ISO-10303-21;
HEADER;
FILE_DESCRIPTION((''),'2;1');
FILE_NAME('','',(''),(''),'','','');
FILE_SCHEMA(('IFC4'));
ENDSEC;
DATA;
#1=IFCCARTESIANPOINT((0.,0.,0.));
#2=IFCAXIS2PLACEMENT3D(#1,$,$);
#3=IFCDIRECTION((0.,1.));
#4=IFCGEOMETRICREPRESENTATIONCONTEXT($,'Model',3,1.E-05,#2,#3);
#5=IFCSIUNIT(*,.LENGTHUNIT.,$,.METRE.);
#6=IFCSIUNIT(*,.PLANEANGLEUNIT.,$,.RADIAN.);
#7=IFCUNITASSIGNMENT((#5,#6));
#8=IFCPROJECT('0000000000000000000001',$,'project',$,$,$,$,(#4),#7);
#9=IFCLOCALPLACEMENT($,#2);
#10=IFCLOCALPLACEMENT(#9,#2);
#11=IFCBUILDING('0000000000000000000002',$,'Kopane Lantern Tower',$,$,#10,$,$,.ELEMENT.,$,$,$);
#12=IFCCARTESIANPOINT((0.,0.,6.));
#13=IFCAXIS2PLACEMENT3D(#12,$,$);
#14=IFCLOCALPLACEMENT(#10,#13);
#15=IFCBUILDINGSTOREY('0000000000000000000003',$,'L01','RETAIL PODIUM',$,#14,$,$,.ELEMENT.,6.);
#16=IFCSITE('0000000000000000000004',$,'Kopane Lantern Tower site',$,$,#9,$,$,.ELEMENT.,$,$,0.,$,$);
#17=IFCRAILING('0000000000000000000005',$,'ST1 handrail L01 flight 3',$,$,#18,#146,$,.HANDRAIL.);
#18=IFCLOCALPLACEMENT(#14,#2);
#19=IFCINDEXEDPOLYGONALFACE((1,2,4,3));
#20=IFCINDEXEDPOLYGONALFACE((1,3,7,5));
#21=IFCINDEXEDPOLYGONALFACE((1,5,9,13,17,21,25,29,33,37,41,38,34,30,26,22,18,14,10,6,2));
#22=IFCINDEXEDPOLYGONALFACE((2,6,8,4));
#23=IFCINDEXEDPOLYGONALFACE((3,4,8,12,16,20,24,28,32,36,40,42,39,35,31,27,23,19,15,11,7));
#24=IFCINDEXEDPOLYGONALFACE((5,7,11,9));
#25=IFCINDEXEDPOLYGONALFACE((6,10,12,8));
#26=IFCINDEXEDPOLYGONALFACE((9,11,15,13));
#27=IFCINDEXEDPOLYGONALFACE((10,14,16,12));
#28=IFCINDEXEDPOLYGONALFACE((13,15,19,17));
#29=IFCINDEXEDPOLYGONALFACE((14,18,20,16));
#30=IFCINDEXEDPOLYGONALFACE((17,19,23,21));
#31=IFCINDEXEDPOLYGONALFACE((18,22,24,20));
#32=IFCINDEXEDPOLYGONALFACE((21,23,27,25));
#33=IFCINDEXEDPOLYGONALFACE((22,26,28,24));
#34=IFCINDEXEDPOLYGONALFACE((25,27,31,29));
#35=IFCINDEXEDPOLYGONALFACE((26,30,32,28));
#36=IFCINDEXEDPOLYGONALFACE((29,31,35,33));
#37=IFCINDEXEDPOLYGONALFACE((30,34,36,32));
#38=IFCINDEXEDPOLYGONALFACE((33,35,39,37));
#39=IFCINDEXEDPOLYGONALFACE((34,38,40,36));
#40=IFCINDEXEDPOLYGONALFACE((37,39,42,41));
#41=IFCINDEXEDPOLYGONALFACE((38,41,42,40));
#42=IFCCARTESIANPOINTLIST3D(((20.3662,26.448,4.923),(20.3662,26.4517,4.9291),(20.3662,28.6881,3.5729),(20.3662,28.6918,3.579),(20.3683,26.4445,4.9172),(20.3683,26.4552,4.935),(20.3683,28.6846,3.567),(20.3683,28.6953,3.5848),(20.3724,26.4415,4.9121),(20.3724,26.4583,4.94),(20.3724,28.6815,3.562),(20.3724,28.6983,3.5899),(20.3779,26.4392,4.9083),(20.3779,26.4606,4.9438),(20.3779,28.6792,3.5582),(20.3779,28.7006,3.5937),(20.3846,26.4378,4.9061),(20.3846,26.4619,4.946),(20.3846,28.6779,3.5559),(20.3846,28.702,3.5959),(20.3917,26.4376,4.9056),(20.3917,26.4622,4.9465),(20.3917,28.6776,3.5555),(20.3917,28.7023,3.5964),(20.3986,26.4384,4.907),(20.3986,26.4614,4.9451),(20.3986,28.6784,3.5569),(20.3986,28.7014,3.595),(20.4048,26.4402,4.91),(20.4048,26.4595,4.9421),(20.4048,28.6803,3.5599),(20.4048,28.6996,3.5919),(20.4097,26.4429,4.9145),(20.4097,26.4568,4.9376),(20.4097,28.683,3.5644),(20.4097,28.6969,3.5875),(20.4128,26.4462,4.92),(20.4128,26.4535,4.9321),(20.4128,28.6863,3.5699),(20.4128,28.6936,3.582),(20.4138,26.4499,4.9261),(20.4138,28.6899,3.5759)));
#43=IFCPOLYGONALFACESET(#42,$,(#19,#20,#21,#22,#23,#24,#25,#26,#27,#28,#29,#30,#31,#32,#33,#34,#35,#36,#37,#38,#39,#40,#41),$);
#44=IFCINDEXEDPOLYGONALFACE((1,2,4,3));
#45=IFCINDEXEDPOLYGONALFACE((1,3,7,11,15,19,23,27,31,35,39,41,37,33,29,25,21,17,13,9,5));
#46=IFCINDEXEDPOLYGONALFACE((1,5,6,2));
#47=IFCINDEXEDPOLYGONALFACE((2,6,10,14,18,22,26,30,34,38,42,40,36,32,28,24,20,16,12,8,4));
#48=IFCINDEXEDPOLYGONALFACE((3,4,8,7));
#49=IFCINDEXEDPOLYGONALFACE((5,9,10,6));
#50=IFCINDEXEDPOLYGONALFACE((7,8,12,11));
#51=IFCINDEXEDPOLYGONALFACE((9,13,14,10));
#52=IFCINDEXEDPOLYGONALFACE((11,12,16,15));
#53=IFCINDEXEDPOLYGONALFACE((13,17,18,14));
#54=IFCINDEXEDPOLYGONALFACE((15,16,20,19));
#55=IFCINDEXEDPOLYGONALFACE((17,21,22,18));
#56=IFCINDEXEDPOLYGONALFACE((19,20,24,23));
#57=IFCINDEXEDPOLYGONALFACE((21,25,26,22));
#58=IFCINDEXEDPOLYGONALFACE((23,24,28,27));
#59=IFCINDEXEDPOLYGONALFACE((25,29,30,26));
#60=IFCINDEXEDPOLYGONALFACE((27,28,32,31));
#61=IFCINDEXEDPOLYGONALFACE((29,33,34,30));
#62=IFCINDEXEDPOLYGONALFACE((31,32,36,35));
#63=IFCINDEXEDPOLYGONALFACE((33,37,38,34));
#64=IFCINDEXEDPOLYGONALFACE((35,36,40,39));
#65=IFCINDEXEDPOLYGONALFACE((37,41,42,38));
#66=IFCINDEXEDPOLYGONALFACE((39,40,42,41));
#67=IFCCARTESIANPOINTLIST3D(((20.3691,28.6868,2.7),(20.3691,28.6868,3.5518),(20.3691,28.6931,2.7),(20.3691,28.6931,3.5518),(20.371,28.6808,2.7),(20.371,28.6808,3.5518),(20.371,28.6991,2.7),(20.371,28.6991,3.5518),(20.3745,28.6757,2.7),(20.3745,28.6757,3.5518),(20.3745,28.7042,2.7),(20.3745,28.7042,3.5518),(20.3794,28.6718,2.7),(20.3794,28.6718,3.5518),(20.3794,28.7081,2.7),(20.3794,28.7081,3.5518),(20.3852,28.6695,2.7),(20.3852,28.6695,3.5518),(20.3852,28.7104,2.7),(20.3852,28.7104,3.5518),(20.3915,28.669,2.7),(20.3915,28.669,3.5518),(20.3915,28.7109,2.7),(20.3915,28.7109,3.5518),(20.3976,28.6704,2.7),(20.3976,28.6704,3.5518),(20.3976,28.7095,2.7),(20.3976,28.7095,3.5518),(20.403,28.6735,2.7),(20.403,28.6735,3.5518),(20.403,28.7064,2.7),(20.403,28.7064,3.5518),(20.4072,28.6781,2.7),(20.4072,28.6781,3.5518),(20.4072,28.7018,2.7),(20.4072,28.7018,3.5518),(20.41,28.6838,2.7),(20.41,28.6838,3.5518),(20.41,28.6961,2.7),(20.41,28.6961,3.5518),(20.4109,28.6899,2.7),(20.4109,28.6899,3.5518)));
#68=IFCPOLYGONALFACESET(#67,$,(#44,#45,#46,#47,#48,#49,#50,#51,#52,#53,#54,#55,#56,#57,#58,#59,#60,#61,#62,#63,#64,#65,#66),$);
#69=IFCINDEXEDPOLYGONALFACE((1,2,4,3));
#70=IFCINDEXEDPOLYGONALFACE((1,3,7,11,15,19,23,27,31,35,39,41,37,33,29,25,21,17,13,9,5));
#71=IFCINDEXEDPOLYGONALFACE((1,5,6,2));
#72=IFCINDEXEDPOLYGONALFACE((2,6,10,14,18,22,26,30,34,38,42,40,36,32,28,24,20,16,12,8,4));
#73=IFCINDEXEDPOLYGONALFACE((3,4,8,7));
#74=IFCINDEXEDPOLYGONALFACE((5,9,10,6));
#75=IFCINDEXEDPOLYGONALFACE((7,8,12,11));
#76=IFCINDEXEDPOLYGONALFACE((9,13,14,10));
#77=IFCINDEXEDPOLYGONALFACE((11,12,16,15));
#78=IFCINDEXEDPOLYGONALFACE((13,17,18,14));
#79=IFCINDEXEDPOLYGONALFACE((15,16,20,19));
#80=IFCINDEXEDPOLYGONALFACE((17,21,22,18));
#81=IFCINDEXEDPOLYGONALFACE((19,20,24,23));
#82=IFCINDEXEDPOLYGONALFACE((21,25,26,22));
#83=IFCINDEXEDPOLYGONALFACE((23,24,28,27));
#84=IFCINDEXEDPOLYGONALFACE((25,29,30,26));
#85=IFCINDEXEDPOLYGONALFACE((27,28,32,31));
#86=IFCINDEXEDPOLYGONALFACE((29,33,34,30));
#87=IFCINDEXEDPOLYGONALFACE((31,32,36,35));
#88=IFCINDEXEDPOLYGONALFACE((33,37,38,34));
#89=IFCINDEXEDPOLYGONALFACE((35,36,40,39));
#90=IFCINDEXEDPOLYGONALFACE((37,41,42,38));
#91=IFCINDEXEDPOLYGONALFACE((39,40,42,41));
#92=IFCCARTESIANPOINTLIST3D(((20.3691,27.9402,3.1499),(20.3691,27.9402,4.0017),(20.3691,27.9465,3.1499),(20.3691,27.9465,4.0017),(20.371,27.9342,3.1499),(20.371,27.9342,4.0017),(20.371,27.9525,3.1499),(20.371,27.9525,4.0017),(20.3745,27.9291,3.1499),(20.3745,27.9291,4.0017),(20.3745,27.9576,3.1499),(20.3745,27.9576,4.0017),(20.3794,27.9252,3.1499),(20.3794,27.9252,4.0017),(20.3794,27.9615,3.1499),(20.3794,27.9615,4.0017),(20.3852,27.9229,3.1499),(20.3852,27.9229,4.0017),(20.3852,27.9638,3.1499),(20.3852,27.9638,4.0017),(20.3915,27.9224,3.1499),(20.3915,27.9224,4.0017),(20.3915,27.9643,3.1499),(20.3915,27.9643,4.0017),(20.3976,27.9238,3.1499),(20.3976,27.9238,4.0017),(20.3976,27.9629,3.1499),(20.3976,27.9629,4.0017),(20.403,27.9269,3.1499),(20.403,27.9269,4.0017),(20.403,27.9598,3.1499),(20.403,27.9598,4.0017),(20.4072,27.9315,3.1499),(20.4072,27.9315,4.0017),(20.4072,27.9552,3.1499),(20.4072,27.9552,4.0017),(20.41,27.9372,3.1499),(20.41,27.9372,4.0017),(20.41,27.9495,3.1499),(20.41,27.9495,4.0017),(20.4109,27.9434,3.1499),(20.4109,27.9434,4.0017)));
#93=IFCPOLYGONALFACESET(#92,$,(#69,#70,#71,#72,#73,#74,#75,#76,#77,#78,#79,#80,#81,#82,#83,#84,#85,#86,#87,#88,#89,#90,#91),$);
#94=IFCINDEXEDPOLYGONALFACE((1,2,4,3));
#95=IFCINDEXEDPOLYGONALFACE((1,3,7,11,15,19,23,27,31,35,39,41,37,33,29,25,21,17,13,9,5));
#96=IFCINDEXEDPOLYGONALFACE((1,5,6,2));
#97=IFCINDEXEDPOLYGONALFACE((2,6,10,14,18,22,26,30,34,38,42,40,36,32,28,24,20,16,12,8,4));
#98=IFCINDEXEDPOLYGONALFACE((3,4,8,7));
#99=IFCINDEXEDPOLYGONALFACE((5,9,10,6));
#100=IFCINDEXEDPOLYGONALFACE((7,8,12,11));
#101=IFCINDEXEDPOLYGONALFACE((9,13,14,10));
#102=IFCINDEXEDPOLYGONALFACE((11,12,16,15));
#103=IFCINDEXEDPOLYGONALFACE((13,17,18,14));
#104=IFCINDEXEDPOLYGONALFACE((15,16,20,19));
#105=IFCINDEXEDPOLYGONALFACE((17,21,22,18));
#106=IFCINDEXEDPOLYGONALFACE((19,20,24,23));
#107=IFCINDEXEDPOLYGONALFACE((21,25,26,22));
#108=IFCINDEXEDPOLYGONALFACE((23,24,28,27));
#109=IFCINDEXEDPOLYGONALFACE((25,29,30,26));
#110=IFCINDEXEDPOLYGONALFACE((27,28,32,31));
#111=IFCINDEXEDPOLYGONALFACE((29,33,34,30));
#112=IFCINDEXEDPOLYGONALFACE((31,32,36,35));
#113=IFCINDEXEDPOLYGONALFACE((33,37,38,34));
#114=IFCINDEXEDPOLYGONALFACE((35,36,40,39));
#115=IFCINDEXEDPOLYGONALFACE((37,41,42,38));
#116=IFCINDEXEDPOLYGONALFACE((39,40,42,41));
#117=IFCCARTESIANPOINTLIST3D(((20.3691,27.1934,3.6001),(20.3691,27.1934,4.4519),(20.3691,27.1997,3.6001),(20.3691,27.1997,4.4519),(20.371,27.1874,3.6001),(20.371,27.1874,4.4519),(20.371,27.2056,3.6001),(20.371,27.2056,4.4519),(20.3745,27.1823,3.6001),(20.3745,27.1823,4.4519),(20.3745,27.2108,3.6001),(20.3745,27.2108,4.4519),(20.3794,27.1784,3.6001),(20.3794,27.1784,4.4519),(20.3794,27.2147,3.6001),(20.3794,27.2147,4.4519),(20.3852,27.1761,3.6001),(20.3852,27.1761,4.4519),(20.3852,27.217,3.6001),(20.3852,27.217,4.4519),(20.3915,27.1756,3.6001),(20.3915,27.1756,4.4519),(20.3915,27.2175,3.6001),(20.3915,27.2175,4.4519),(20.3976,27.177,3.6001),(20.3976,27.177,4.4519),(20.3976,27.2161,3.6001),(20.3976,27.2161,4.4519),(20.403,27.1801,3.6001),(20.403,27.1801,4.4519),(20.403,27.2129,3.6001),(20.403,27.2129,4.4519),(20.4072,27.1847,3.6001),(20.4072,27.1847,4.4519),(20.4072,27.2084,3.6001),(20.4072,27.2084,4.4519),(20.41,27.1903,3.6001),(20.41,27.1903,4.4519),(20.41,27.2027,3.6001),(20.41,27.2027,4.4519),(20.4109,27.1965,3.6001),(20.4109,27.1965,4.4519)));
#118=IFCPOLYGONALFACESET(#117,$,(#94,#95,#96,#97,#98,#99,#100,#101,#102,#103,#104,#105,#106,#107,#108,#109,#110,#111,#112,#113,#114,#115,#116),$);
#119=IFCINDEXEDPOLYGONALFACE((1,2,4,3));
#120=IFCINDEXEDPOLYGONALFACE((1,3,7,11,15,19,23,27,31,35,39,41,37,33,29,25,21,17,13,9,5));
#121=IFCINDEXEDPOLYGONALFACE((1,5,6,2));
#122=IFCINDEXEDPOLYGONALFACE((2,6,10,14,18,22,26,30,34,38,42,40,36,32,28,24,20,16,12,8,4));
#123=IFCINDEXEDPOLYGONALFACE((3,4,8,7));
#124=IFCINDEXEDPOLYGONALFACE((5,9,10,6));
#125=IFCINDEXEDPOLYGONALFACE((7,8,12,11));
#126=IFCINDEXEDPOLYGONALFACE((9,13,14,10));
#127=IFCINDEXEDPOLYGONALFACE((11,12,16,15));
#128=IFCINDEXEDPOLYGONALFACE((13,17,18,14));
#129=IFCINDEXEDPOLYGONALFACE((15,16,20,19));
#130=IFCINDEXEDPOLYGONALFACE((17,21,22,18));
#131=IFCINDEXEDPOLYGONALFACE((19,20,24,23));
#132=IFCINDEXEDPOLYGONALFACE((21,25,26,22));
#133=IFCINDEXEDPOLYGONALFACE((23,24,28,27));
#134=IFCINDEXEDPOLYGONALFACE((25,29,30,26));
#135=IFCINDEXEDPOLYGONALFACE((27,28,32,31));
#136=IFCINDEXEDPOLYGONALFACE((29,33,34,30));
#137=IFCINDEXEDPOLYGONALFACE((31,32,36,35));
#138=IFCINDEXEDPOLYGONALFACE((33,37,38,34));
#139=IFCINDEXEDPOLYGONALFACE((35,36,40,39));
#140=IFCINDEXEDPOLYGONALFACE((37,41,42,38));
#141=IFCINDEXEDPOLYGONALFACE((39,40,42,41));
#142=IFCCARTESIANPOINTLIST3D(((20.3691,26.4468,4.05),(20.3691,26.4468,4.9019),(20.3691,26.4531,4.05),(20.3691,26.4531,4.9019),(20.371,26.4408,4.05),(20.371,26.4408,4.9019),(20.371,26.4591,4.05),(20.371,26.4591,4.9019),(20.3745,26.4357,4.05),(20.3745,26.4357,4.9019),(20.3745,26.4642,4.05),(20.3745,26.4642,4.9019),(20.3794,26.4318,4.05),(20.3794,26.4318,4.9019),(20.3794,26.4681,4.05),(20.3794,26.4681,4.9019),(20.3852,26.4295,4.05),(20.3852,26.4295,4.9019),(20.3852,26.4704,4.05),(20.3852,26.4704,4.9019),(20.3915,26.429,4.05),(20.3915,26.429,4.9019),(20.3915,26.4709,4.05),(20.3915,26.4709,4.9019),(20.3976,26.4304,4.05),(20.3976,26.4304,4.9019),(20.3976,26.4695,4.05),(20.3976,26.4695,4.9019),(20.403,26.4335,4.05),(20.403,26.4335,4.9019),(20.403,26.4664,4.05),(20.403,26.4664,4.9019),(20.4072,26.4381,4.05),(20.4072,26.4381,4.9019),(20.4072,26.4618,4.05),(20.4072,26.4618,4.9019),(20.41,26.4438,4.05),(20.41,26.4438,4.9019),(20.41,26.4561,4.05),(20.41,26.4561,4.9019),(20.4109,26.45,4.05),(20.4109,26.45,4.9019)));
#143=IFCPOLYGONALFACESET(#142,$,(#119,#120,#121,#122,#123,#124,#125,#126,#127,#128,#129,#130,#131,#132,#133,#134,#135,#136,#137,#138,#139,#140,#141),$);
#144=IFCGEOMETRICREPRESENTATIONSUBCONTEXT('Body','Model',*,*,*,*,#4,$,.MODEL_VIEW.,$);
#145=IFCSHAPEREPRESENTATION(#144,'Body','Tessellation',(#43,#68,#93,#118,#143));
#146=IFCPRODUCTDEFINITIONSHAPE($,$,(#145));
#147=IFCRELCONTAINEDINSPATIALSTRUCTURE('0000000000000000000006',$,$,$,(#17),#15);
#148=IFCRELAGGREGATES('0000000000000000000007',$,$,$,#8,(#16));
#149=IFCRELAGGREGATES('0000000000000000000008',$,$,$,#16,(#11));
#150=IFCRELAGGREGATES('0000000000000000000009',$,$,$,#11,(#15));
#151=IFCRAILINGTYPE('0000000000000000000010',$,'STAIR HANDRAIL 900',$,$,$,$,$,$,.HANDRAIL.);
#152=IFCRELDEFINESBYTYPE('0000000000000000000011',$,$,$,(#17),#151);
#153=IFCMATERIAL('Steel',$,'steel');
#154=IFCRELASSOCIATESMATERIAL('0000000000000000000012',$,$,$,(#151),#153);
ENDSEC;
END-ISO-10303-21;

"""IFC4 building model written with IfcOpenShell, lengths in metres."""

from ifc_helpers import new_model, si_unit, direction, frame, origin, origin_2d, place, context, subcontext, project, spatial, circle, extrude, material, type_object, element, save


model = new_model("IFC4")

# Units and contexts
model_context = context("Model", 3, precision=1e-05, world=origin(), true_north=direction((0.0, 1.0)))
body_context = subcontext(model_context, "Body", "Model", "MODEL_VIEW")
ifc_project = project(units=[si_unit("LENGTHUNIT", "METRE"), si_unit("PLANEANGLEUNIT", "RADIAN")], contexts=[model_context])

# Site, building, storey
site_placement = place(None, origin())
site = spatial("IfcSite", under=ifc_project, at=site_placement, Name="Kopane Lantern Tower site", CompositionType="ELEMENT", RefElevation=0.0)
building_placement = place(site_placement, origin())
building = spatial("IfcBuilding", under=site, at=building_placement, Name="Kopane Lantern Tower", CompositionType="ELEMENT")
storey_placement = place(building_placement, frame((0.0, 0.0, 6.0)))
storey = spatial("IfcBuildingStorey", under=building, at=storey_placement, Name="L01", Description="RETAIL PODIUM", CompositionType="ELEMENT", Elevation=6.0)

# Railing
ifc_material_1 = material(Name="Steel", Category="steel")
railing_type_1 = type_object("IfcRailingType", Name="STAIR HANDRAIL 900", PredefinedType="HANDRAIL", material=ifc_material_1)
for number, where, name in (
    (1, (20.3899, 28.6899, 2.7), "ST1 handrail L01 flight 3"),
):
    element("IfcRailing", number, at=place(storey_placement, frame(where)), inside=storey, type_object=railing_type_1, Name=name, PredefinedType="HANDRAIL", context=body_context, shape_type="SweptSolid", body=[
        extrude(circle(Radius=0.0239, at=origin_2d()), frame((0.0, 0.0, 0.876), z_axis=(0.0, -0.856462, 0.516211), x_axis=(1.0, 0.0, 0.0)), (0.0, 0.0, 1.0), 2.6155),
        extrude(circle(Radius=0.021, at=origin_2d()), origin(), (0.0, 0.0, 1.0), 0.8518),
        extrude(circle(Radius=0.021, at=origin_2d()), frame((0.0, -0.7466, 0.45)), (0.0, 0.0, 1.0), 0.8518),
        extrude(circle(Radius=0.021, at=origin_2d()), frame((0.0, -1.4934, 0.9001)), (0.0, 0.0, 1.0), 0.8518),
        extrude(circle(Radius=0.021, at=origin_2d()), frame((0.0, -2.24, 1.3501)), (0.0, 0.0, 1.0), 0.8518),
    ])

save(model, "model.ifc")
